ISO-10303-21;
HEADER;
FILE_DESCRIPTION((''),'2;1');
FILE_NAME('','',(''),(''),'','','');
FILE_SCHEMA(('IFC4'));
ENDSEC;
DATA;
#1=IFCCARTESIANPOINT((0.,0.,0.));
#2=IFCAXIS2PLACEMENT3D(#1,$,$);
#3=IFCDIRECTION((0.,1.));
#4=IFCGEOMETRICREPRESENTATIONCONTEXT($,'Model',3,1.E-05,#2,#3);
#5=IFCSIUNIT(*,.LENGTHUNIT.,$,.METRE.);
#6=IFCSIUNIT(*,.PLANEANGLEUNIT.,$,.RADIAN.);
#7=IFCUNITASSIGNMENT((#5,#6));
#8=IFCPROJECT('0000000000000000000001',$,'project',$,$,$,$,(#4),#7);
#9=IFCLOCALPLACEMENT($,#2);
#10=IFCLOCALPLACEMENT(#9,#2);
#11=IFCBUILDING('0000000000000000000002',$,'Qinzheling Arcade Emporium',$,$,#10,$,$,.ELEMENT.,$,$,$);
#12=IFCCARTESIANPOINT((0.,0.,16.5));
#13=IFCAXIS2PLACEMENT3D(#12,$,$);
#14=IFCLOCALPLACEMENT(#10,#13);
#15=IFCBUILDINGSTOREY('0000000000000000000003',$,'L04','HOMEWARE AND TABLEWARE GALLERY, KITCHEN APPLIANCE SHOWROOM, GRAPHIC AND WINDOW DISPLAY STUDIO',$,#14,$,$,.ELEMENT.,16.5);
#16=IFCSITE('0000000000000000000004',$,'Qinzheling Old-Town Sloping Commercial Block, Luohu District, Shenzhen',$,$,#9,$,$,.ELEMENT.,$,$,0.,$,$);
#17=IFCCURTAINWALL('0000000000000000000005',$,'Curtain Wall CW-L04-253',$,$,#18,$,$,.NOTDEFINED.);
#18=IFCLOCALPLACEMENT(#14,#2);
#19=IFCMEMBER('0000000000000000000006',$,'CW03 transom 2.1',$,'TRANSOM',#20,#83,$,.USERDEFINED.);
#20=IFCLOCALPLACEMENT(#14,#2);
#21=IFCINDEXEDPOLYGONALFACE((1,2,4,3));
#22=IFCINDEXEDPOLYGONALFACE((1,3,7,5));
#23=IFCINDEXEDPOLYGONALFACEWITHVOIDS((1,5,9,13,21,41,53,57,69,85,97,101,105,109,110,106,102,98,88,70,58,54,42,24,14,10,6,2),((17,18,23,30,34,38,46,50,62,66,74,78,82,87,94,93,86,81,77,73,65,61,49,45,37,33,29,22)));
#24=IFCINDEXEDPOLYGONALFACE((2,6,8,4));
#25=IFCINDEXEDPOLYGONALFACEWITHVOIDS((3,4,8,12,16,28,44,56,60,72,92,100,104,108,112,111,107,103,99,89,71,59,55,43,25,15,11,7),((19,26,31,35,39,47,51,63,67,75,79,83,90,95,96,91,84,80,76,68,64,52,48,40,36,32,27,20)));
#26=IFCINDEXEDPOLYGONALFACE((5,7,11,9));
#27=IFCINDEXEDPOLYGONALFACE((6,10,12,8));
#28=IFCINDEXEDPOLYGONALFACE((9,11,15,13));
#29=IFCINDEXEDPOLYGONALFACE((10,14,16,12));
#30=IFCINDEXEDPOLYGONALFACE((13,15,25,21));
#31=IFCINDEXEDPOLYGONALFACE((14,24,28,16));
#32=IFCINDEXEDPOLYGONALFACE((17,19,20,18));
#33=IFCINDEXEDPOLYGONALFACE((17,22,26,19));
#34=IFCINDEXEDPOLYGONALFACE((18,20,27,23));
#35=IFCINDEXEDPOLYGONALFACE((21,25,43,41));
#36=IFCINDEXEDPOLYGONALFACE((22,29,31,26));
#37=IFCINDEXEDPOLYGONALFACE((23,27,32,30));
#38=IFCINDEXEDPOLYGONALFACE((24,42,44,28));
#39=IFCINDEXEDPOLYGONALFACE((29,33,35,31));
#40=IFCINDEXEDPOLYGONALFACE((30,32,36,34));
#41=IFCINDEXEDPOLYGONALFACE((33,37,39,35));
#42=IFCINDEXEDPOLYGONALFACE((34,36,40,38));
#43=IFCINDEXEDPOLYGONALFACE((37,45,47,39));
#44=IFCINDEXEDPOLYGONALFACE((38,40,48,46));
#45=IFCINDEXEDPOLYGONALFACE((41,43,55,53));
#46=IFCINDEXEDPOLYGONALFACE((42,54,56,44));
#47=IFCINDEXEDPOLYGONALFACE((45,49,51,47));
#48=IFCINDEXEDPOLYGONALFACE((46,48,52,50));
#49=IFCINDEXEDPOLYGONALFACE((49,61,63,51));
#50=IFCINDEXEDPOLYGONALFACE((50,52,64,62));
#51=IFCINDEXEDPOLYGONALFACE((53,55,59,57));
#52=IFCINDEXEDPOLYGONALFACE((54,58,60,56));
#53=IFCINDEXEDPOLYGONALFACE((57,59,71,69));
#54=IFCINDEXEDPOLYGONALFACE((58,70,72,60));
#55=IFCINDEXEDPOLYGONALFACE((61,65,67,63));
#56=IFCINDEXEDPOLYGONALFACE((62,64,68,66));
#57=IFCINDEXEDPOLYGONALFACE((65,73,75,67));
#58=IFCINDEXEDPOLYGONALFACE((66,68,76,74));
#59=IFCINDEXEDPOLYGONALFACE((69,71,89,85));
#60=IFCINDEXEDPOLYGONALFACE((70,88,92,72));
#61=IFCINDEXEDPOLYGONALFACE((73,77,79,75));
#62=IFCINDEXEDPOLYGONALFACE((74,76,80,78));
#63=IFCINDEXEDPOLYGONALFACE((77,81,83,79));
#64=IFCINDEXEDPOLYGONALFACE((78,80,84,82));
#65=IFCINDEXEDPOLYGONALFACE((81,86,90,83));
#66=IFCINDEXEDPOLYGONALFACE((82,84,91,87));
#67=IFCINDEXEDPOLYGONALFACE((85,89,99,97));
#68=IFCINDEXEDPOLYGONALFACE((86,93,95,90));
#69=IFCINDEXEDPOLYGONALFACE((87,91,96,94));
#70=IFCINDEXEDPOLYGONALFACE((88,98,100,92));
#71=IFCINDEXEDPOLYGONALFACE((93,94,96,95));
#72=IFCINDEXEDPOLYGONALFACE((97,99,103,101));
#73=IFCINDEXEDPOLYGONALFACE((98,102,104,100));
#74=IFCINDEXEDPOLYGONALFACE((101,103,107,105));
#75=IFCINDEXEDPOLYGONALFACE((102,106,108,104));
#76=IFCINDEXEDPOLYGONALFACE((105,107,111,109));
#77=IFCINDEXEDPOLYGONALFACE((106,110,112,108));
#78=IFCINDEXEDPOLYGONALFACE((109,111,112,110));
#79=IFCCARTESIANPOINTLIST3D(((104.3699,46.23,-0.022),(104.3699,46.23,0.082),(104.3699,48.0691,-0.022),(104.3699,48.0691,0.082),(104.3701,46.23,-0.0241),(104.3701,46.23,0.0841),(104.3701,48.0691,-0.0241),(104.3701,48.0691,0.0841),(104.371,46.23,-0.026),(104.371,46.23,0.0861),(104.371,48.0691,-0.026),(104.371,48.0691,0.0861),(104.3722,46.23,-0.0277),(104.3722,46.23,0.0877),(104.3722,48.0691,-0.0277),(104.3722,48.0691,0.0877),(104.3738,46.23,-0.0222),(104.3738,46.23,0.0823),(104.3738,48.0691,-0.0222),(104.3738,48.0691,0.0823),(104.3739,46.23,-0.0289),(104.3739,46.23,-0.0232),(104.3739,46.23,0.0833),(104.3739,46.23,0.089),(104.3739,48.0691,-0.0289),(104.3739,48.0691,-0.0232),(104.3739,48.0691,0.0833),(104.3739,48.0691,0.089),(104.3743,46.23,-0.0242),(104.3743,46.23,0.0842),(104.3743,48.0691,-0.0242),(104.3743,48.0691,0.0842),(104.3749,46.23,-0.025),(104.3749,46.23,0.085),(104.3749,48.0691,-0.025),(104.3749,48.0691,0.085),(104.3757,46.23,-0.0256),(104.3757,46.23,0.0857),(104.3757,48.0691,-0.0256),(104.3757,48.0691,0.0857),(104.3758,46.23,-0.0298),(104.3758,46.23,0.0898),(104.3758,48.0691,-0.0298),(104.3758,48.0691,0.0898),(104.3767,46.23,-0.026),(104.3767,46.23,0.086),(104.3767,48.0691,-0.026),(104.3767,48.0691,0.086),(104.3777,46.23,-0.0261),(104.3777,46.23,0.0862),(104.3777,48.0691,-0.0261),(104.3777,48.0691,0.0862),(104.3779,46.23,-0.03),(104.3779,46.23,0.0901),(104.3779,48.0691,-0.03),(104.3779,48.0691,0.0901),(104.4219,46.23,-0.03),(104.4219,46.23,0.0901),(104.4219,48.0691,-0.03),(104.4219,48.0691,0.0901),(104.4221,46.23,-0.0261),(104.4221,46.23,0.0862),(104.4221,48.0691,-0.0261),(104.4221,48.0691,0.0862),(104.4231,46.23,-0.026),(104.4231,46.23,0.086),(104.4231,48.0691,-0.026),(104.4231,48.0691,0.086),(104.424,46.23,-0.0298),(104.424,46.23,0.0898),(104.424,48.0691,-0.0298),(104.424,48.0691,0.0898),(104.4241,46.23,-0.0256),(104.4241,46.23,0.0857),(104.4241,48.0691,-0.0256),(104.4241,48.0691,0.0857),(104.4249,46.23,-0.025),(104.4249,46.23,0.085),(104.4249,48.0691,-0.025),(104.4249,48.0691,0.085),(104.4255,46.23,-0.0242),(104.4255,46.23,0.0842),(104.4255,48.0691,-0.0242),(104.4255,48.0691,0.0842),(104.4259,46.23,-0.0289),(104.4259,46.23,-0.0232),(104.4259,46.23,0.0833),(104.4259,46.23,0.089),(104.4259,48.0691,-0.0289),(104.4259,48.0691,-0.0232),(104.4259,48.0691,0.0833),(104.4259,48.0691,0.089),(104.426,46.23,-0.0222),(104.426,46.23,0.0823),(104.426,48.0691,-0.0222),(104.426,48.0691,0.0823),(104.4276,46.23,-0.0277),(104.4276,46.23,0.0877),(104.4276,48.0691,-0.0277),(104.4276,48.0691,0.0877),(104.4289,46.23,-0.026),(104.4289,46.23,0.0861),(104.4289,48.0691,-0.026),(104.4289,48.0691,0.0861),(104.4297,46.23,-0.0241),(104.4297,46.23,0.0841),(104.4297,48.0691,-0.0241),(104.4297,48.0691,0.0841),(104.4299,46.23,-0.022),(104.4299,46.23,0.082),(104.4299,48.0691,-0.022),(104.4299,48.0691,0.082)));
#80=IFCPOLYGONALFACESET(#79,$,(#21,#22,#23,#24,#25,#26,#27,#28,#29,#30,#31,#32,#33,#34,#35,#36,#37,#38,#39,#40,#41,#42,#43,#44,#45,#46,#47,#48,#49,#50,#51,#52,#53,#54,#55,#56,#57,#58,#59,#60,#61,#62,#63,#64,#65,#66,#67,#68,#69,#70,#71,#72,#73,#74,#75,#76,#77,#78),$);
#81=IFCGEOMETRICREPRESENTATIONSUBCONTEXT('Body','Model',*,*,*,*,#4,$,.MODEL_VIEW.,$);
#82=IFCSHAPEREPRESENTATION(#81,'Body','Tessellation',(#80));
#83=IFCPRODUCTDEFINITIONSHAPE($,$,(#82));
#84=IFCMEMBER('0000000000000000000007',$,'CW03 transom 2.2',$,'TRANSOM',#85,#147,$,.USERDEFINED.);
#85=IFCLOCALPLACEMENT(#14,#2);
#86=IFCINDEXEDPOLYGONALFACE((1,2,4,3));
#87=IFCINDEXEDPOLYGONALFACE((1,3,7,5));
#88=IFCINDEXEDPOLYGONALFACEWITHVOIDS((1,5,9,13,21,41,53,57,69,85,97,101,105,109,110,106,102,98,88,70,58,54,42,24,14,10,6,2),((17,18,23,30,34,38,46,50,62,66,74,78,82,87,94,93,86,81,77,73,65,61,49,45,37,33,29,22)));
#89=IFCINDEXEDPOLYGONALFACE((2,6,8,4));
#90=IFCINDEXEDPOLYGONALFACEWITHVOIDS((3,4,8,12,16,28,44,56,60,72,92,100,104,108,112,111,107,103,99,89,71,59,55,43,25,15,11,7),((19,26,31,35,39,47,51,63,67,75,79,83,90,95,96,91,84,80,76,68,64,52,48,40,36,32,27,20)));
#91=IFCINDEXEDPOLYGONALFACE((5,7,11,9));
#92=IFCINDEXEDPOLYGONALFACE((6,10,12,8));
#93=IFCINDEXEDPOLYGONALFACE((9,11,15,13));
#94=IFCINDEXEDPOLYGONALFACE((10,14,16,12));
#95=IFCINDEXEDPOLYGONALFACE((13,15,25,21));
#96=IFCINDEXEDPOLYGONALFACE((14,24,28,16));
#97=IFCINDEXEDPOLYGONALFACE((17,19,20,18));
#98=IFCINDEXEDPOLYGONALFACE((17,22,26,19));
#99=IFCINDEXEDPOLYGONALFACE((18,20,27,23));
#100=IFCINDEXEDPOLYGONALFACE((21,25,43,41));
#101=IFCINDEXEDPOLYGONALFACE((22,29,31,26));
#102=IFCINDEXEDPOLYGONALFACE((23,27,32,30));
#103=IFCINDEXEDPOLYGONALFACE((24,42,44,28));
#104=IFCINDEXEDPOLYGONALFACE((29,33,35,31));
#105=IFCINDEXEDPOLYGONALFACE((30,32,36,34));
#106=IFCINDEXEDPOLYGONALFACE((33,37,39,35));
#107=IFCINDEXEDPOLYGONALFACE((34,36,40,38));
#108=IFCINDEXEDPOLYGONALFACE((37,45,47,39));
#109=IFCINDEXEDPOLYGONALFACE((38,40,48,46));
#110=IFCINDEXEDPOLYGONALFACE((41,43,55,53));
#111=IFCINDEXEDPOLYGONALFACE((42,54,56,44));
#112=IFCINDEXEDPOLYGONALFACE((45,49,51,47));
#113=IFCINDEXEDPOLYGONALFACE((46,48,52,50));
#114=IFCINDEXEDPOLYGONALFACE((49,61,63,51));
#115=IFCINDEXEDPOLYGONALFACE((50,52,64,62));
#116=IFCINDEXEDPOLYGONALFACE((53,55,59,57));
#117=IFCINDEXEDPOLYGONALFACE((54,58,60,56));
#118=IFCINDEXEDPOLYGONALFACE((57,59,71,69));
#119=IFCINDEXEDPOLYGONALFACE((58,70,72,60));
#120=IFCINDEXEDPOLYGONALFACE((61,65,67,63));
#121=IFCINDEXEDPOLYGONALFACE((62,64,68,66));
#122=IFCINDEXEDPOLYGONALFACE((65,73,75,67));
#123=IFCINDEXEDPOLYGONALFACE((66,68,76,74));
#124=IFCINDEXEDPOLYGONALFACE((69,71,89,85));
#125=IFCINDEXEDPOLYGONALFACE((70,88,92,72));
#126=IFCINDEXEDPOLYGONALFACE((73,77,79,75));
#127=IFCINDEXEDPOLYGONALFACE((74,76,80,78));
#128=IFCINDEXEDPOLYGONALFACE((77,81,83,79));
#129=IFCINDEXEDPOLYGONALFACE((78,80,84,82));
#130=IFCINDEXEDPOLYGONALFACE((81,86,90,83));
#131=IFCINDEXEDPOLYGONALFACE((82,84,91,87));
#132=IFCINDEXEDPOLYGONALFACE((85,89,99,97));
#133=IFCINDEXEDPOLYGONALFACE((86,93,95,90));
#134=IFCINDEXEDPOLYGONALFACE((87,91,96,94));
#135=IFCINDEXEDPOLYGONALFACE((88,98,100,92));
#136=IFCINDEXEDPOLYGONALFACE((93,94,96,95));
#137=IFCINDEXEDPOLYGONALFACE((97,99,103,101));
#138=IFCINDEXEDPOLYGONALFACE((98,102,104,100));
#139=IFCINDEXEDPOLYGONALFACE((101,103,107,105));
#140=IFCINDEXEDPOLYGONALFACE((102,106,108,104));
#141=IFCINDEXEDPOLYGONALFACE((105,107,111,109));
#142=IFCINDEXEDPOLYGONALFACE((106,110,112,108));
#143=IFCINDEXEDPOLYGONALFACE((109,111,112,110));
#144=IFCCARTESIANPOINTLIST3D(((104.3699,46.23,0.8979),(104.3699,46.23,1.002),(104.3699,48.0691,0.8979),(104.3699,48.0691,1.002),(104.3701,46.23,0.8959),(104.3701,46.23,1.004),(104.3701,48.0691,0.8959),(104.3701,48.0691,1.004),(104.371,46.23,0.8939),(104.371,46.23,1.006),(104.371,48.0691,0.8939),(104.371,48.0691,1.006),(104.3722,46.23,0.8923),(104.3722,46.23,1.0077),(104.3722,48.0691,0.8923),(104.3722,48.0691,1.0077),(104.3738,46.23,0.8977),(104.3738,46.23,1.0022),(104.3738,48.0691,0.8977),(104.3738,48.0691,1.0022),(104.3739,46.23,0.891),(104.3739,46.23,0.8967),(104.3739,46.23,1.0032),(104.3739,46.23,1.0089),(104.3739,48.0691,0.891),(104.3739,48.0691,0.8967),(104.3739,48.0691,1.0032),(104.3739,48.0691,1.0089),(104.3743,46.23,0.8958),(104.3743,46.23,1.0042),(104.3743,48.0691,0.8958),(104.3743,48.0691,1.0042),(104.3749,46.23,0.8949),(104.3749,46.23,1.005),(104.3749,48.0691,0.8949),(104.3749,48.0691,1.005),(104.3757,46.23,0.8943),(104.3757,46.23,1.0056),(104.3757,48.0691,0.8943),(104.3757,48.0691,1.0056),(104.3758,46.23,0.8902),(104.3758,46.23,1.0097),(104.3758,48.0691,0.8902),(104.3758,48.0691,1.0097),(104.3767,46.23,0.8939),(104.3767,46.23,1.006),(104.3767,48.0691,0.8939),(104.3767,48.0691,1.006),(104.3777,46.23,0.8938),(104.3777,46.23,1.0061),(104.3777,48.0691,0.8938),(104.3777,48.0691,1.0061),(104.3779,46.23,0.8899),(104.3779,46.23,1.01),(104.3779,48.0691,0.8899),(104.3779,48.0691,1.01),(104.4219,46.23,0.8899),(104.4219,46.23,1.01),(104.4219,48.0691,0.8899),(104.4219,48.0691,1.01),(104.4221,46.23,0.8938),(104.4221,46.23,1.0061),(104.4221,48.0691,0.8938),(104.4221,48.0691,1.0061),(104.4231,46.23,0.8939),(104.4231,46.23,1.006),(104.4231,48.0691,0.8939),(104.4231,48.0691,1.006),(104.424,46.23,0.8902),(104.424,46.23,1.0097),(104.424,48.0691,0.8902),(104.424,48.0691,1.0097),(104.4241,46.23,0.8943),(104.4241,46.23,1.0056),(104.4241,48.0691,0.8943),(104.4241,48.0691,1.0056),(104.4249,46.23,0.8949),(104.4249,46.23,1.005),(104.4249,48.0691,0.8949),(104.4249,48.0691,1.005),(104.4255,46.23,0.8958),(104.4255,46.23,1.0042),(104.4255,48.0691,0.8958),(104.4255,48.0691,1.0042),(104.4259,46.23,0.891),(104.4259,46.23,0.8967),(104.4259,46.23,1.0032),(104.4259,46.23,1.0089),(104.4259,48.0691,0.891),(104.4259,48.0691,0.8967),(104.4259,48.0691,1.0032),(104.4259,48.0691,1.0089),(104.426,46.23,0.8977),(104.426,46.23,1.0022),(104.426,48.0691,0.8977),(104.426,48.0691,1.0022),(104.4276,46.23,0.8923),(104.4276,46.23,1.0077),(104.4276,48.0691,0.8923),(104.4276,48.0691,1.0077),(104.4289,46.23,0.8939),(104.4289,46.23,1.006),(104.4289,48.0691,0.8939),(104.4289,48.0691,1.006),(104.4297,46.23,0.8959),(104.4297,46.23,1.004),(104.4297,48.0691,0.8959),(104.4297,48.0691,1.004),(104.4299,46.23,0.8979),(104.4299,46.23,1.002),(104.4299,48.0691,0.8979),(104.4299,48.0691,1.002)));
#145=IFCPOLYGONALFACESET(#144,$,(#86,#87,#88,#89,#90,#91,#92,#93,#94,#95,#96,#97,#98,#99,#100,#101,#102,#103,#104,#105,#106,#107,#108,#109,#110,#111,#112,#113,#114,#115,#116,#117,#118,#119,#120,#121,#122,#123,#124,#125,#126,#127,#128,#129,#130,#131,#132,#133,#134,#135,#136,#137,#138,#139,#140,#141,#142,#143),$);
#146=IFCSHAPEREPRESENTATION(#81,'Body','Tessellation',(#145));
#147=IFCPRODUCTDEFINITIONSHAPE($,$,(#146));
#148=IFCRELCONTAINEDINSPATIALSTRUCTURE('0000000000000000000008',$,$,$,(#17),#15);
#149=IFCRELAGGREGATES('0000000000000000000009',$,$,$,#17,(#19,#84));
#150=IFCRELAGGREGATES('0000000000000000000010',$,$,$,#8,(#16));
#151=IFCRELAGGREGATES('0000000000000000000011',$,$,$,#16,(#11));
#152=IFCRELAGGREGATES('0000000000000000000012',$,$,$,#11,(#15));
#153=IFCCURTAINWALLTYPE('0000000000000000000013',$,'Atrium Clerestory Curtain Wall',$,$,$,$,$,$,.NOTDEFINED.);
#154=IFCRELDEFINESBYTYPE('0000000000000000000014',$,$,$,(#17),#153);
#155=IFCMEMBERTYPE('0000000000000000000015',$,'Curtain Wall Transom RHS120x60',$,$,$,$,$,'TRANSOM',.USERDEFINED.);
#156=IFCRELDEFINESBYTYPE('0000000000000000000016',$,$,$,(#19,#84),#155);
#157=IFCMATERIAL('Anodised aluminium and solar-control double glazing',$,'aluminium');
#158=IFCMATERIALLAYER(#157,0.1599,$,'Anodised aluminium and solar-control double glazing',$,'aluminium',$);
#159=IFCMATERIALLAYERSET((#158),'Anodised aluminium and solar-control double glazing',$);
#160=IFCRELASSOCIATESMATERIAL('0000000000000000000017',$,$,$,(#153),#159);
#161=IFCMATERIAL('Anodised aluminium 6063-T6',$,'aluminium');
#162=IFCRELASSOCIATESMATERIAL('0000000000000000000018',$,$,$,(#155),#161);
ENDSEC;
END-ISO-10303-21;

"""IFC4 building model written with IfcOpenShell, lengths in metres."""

from ifc_helpers import new_model, si_unit, direction, frame, origin, origin_2d, place, context, subcontext, project, spatial, hollow_rectangle, extrude, material, layer, layer_set, material_profile, profile_set, type_object, element, aggregate, save


model = new_model("IFC4")

# Units and contexts
model_context = context("Model", 3, precision=1e-05, world=origin(), true_north=direction((0.0, 1.0)))
body_context = subcontext(model_context, "Body", "Model", "MODEL_VIEW")
ifc_project = project(units=[si_unit("LENGTHUNIT", "METRE"), si_unit("PLANEANGLEUNIT", "RADIAN")], contexts=[model_context])

# Site, building, storey
site_placement = place(None, origin())
site = spatial("IfcSite", under=ifc_project, at=site_placement, Name="Qinzheling Old-Town Sloping Commercial Block, Luohu District, Shenzhen", CompositionType="ELEMENT", RefElevation=0.0)
building_placement = place(site_placement, origin())
building = spatial("IfcBuilding", under=site, at=building_placement, Name="Qinzheling Arcade Emporium", CompositionType="ELEMENT")
storey_placement = place(building_placement, frame((0.0, 0.0, 16.5)))
storey = spatial("IfcBuildingStorey", under=building, at=storey_placement, Name="L04", Description="HOMEWARE AND TABLEWARE GALLERY, KITCHEN APPLIANCE SHOWROOM, GRAPHIC AND WINDOW DISPLAY STUDIO", CompositionType="ELEMENT", Elevation=16.5)

# Shared definitions
ifc_material_1 = material(Name="Anodised aluminium and solar-control double glazing", Category="aluminium")
ifc_layer_1 = layer(ifc_material_1, 0.1599, Name="Anodised aluminium and solar-control double glazing", Category="aluminium")
ifc_layer_set_1 = layer_set([ifc_layer_1], Name="Anodised aluminium and solar-control double glazing")
curtain_wall_type = type_object("IfcCurtainWallType", Name="Atrium Clerestory Curtain Wall", PredefinedType="NOTDEFINED", material=ifc_layer_set_1)
ifc_material_2 = material(Name="Anodised aluminium 6063-T6", Category="aluminium")

# Curtain wall, members
curtain_wall_1_placement = place(storey_placement, origin())
curtain_wall_1 = element("IfcCurtainWall", 1, at=curtain_wall_1_placement, inside=storey, type_object=curtain_wall_type, Name="Curtain Wall CW-L04-253", PredefinedType="NOTDEFINED")
ifc_material_profile_1 = material_profile(ifc_material_2, hollow_rectangle(XDim=0.0601, YDim=0.1201, WallThickness=0.0039, InnerFilletRadius=0.0039, OuterFilletRadius=0.0081, at=origin_2d()), Name="RHS 120x60x4", Category="aluminium")
ifc_profile_set_1 = profile_set([ifc_material_profile_1], Name="Anodised aluminium 6063-T6")
member_type_1 = type_object("IfcMemberType", Name="Curtain Wall Transom RHS120x60", ElementType="TRANSOM", PredefinedType="USERDEFINED", material=ifc_profile_set_1)
member_1_placement = place(storey_placement, frame((104.3999, 48.0691, 0.03), z_axis=(0.0, -1.0, 0.0), x_axis=(1.0, 0.0, 0.0)))
member_1 = element("IfcMember", 2, at=member_1_placement, type_object=member_type_1, Name="CW03 transom 2.1", ObjectType="TRANSOM", PredefinedType="USERDEFINED", context=body_context, shape_type="SweptSolid", body=[
    extrude(hollow_rectangle(XDim=0.0601, YDim=0.1201, WallThickness=0.0039, InnerFilletRadius=0.0039, OuterFilletRadius=0.0081, at=origin_2d()), origin(), (0.0, 0.0, 1.0), 1.8391),
])
member_2_placement = place(storey_placement, frame((104.3999, 48.0691, 0.95), z_axis=(0.0, -1.0, 0.0), x_axis=(1.0, 0.0, 0.0)))
member_2 = element("IfcMember", 3, at=member_2_placement, type_object=member_type_1, Name="CW03 transom 2.2", ObjectType="TRANSOM", PredefinedType="USERDEFINED", context=body_context, shape_type="SweptSolid", body=[
    extrude(hollow_rectangle(XDim=0.0601, YDim=0.1201, WallThickness=0.0039, InnerFilletRadius=0.0039, OuterFilletRadius=0.0081, at=origin_2d()), origin(), (0.0, 0.0, 1.0), 1.8391),
])
aggregate(curtain_wall_1, [member_1, member_2])

save(model, "model.ifc")
